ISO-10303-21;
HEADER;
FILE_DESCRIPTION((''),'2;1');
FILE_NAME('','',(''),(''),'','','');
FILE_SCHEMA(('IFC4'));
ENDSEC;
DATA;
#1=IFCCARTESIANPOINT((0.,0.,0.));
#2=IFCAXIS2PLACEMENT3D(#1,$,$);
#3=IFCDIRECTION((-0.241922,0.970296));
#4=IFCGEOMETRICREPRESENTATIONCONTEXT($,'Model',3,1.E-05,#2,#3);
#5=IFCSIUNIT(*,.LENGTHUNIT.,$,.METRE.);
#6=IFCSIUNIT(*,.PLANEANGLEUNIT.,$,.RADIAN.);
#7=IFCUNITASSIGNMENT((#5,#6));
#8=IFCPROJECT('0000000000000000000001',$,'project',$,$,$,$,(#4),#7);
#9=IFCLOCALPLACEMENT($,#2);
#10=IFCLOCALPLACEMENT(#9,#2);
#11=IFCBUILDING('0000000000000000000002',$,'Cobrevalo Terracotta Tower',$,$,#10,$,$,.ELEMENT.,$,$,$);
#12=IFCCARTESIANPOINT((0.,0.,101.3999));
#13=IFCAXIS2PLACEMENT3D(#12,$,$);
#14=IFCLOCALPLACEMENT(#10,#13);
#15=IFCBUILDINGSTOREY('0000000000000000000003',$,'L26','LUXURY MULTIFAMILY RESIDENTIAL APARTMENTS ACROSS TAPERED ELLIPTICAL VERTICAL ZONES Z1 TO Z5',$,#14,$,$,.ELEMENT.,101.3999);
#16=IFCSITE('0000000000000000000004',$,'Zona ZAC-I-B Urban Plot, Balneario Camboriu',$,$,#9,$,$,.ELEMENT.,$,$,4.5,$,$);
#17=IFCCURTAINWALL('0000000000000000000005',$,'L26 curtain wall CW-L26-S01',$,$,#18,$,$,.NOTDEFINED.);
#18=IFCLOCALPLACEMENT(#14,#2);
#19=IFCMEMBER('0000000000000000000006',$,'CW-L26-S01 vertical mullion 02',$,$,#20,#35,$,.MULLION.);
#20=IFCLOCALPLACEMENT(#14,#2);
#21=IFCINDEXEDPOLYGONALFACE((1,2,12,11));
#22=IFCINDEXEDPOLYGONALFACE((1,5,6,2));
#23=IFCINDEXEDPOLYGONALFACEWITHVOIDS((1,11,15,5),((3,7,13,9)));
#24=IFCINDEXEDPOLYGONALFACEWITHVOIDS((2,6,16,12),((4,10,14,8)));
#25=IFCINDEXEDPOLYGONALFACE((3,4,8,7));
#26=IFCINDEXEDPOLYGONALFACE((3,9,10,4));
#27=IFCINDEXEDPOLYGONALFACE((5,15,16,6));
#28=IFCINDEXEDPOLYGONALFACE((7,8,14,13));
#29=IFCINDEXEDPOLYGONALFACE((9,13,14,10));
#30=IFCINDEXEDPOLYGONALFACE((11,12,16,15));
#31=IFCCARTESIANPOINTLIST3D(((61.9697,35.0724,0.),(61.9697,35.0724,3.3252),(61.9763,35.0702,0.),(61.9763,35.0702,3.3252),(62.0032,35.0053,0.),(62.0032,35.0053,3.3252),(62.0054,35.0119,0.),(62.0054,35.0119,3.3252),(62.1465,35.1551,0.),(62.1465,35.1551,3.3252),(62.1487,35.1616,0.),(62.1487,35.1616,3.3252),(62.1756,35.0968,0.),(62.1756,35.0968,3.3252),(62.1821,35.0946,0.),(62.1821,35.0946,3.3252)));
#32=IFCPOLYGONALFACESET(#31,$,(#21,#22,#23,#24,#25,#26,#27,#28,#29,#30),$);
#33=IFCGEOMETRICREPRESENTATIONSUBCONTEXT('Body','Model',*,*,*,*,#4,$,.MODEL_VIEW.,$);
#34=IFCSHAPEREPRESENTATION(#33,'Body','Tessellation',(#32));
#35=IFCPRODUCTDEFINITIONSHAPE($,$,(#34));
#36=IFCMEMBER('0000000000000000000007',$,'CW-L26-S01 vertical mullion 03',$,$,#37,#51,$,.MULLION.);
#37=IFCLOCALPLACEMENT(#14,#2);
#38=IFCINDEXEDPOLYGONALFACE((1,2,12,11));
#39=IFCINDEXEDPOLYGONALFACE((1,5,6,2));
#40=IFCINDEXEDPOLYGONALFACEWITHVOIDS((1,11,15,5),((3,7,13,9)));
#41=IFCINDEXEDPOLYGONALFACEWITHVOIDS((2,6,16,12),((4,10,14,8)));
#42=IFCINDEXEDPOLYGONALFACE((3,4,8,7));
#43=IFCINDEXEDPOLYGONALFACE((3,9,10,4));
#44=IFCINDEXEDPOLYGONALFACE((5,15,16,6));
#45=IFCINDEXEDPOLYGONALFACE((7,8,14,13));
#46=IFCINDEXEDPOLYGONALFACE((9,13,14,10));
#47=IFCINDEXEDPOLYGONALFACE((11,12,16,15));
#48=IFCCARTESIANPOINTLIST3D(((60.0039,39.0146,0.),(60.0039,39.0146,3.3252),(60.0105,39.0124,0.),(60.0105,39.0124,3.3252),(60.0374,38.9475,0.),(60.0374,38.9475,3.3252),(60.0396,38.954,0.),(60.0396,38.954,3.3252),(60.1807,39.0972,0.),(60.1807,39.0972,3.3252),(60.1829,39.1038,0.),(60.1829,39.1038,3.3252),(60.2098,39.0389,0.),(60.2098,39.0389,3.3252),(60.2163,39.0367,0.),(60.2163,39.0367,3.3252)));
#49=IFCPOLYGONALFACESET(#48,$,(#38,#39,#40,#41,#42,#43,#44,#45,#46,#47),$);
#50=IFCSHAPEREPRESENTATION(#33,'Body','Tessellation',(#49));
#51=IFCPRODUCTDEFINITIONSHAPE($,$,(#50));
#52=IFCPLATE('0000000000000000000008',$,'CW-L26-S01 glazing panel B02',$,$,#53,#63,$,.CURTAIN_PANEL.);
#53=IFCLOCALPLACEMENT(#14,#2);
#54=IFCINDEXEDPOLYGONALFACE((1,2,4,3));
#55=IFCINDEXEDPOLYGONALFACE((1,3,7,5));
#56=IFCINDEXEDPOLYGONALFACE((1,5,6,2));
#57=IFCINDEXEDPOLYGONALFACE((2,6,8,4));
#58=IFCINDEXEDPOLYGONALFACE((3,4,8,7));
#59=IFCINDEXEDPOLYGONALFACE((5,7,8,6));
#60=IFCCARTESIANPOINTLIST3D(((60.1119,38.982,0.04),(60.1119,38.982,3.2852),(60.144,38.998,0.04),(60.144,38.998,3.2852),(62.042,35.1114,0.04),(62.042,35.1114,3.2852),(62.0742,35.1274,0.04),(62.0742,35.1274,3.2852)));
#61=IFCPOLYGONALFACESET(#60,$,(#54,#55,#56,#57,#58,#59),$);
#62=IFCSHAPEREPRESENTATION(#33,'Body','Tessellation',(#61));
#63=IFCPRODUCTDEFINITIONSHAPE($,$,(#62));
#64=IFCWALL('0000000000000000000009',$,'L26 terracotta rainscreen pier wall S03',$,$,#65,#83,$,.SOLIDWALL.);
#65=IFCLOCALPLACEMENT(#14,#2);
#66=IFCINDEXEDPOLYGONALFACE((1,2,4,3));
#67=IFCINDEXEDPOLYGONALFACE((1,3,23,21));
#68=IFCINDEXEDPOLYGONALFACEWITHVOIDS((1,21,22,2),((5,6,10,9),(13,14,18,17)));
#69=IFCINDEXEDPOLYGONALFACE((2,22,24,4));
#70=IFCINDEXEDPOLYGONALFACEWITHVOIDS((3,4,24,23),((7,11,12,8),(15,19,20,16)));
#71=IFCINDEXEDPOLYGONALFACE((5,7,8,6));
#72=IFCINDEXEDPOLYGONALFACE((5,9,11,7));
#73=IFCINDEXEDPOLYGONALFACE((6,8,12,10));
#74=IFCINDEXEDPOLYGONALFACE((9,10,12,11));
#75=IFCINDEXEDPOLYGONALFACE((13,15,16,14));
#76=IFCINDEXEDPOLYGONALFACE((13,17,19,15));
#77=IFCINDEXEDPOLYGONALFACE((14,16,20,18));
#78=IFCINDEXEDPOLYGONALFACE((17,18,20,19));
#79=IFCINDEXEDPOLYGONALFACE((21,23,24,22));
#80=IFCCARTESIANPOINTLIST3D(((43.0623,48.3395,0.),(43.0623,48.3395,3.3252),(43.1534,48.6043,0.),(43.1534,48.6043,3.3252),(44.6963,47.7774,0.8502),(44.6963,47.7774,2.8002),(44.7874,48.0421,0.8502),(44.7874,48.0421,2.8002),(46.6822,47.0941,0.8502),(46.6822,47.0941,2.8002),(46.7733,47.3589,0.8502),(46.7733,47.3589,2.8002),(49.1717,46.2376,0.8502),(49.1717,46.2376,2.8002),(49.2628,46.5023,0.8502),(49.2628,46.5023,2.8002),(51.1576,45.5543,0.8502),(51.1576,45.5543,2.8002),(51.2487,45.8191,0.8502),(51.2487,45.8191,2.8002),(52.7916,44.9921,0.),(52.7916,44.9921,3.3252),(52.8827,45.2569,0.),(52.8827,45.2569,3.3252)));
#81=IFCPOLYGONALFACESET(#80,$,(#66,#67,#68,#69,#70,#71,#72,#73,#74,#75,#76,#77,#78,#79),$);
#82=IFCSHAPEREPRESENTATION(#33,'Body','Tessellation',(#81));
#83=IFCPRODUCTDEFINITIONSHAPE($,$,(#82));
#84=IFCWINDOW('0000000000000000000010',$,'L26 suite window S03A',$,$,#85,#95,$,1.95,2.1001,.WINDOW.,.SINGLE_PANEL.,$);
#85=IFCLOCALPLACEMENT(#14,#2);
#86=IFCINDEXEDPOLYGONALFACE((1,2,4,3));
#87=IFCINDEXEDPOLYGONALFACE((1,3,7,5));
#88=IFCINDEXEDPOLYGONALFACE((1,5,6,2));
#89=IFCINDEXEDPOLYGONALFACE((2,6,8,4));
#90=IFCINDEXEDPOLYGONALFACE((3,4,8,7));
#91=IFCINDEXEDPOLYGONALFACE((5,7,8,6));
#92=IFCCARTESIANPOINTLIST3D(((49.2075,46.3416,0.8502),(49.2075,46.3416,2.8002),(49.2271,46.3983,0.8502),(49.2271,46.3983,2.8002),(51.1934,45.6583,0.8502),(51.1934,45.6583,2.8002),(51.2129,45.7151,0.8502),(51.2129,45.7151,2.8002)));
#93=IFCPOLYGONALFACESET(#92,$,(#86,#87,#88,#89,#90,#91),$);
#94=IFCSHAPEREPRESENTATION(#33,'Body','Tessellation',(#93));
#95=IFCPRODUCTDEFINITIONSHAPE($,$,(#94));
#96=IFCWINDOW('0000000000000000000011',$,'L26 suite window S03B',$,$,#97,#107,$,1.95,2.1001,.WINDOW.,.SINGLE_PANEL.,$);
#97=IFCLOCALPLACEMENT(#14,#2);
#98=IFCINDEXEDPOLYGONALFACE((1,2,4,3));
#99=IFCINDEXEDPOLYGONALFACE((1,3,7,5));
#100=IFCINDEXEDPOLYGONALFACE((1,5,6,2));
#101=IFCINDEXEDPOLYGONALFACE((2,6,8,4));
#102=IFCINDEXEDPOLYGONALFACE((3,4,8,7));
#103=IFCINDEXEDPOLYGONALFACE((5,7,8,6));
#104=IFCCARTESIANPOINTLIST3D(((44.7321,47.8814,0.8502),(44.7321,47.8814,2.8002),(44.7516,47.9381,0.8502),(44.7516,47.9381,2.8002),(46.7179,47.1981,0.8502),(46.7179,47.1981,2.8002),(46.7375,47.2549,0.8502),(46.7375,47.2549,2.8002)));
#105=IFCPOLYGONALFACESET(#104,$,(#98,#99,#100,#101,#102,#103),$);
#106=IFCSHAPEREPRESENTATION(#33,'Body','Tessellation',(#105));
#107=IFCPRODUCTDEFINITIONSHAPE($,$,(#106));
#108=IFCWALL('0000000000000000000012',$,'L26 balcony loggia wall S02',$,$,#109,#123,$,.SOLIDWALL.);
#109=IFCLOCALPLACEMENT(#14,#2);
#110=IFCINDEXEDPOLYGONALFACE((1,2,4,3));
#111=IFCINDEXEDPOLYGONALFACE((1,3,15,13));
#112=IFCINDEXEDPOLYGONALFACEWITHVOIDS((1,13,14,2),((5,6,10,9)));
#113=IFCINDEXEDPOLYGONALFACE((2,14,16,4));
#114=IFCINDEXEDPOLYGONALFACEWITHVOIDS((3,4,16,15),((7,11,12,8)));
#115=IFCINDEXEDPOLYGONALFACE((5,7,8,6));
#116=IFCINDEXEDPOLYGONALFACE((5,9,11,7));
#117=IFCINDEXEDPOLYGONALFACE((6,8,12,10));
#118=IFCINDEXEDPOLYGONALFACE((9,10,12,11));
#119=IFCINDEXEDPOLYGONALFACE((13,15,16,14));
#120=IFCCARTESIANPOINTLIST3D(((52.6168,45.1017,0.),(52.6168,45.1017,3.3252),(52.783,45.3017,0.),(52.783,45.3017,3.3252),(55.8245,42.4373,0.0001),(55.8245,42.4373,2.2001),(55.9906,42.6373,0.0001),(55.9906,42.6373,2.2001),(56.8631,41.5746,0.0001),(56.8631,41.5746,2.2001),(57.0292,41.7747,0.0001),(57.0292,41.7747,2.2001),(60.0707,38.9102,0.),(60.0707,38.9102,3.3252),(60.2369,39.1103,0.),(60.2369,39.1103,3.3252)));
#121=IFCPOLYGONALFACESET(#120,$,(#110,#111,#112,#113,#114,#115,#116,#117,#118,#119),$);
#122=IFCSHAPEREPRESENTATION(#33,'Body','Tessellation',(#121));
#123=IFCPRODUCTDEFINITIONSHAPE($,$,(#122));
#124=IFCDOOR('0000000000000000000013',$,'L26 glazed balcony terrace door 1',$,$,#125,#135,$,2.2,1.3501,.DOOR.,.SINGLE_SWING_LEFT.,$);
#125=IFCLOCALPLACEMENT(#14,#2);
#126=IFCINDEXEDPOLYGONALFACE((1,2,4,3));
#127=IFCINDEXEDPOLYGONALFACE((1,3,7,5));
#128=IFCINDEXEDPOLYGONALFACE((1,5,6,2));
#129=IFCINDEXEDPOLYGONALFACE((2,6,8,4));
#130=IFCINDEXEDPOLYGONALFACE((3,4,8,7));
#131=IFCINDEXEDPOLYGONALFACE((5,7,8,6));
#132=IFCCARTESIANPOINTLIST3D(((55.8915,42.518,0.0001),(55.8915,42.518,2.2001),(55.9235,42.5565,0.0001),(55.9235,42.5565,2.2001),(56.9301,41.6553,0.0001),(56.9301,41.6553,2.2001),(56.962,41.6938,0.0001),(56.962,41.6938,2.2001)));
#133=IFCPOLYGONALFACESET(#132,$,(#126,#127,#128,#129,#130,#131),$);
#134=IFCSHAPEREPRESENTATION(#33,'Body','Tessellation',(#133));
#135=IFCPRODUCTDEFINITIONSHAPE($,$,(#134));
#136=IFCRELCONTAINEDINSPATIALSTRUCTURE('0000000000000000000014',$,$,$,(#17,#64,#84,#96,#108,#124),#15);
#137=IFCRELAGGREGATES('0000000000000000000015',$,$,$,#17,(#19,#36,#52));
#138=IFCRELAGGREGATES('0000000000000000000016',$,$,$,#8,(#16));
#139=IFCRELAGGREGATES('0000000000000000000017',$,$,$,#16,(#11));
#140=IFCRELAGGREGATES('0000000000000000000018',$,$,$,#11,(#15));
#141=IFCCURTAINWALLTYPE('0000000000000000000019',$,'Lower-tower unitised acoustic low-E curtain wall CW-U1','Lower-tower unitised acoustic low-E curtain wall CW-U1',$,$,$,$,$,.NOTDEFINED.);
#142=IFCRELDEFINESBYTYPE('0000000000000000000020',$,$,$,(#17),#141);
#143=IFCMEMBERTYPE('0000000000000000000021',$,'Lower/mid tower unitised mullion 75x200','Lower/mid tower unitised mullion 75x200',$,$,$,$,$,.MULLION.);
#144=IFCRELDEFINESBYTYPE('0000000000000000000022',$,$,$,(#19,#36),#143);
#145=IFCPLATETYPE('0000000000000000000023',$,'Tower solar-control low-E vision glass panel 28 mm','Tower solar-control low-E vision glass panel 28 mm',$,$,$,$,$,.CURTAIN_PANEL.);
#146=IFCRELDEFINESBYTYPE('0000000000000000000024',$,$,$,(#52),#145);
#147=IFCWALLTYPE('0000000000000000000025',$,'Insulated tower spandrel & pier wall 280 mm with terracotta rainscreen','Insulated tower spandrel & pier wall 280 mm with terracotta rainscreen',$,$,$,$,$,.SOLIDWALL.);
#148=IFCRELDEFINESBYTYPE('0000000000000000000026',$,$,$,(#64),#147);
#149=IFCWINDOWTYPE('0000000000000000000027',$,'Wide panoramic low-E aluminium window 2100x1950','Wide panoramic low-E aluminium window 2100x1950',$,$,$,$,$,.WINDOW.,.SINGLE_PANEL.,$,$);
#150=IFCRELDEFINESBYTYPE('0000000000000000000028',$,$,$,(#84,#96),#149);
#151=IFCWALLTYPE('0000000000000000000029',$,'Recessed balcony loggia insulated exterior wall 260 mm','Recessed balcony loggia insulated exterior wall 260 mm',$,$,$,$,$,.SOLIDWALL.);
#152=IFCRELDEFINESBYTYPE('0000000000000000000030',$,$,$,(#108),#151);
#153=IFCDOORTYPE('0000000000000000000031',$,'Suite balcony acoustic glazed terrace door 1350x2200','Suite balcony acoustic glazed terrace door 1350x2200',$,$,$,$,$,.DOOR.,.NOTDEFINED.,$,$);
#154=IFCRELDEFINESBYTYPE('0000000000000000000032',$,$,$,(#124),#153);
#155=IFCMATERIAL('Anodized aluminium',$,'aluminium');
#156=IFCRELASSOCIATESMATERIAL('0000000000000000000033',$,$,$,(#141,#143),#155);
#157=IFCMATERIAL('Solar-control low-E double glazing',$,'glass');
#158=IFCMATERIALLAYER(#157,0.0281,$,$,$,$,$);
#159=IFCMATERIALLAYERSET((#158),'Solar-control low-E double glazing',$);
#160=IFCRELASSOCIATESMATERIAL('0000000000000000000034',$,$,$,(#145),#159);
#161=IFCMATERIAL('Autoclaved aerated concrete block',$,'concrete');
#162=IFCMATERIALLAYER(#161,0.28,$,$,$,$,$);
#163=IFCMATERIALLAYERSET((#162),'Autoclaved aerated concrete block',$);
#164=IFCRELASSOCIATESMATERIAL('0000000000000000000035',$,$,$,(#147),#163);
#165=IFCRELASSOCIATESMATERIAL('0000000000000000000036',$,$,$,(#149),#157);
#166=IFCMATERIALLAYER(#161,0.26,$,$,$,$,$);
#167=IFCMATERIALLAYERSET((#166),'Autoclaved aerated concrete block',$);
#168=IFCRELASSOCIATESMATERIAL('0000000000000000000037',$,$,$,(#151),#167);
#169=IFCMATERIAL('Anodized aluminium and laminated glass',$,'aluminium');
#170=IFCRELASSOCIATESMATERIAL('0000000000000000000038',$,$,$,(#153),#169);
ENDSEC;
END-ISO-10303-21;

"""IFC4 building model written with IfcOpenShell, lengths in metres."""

from ifc_helpers import new_model, si_unit, direction, frame, frame_2d, origin, origin_2d, place, context, subcontext, project, spatial, rectangle, hollow_rectangle, extrude, source, transform, mapped, material, layer, layer_set, material_profile, profile_set, type_object, element, fill, aggregate, save


model = new_model("IFC4")

# Units and contexts
model_context = context("Model", 3, precision=1e-05, world=origin(), true_north=direction((-0.241922, 0.970296)))
body_context = subcontext(model_context, "Body", "Model", "MODEL_VIEW")
ifc_project = project(units=[si_unit("LENGTHUNIT", "METRE"), si_unit("PLANEANGLEUNIT", "RADIAN")], contexts=[model_context])

# Site, building, storey
site_placement = place(None, origin())
site = spatial("IfcSite", under=ifc_project, at=site_placement, Name="Zona ZAC-I-B Urban Plot, Balneario Camboriu", CompositionType="ELEMENT", RefElevation=4.5)
building_placement = place(site_placement, origin())
building = spatial("IfcBuilding", under=site, at=building_placement, Name="Cobrevalo Terracotta Tower", CompositionType="ELEMENT")
storey_placement = place(building_placement, frame((0.0, 0.0, 101.3999)))
storey = spatial("IfcBuildingStorey", under=building, at=storey_placement, Name="L26", Description="LUXURY MULTIFAMILY RESIDENTIAL APARTMENTS ACROSS TAPERED ELLIPTICAL VERTICAL ZONES Z1 TO Z5", CompositionType="ELEMENT", Elevation=101.3999)

# Curtain wall, members, plate
ifc_material_1 = material(Name="Anodized aluminium", Category="aluminium")
curtain_wall_type = type_object("IfcCurtainWallType", Name="Lower-tower unitised acoustic low-E curtain wall CW-U1", Description="Lower-tower unitised acoustic low-E curtain wall CW-U1", PredefinedType="NOTDEFINED", material=ifc_material_1)
curtain_wall_placement = place(storey_placement, origin())
curtain_wall = element("IfcCurtainWall", 1, at=curtain_wall_placement, inside=storey, type_object=curtain_wall_type, Name="L26 curtain wall CW-L26-S01", PredefinedType="NOTDEFINED")
ifc_material_profile_1 = material_profile(ifc_material_1, hollow_rectangle(XDim=0.075, YDim=0.2, WallThickness=0.0049, at=origin_2d()), Name="CWM 75x200")
ifc_profile_set_1 = profile_set([ifc_material_profile_1], Name="Anodized aluminium")
member_type_1 = type_object("IfcMemberType", Name="Lower/mid tower unitised mullion 75x200", Description="Lower/mid tower unitised mullion 75x200", PredefinedType="MULLION", material=ifc_profile_set_1)
shared_shape_1 = source(origin(), body_context, "Body", "SweptSolid", [
    extrude(hollow_rectangle(XDim=0.075, YDim=0.2, WallThickness=0.0049, at=origin_2d()), origin(), (0.0, 0.0, 1.0), 3.3252),
])
member_1_placement = place(storey_placement, frame((62.0759, 35.0835, 0.0), z_axis=(0.0, 0.0, 1.0), x_axis=(-0.44626, 0.894903, 0.0)))
member_1 = element("IfcMember", 2, at=member_1_placement, type_object=member_type_1, Name="CW-L26-S01 vertical mullion 02", PredefinedType="MULLION", context=body_context, shape_type="MappedRepresentation", body=[
    mapped(shared_shape_1, transform((0.0, 0.0, 0.0), scale=1.0)),
])
member_2_placement = place(storey_placement, frame((60.1101, 39.0256, 0.0), z_axis=(0.0, 0.0, 1.0), x_axis=(-0.44626, 0.894903, 0.0)))
member_2 = element("IfcMember", 3, at=member_2_placement, type_object=member_type_1, Name="CW-L26-S01 vertical mullion 03", PredefinedType="MULLION", context=body_context, shape_type="MappedRepresentation", body=[
    mapped(shared_shape_1, transform((0.0, 0.0, 0.0), scale=1.0)),
])
ifc_material_2 = material(Name="Solar-control low-E double glazing", Category="glass")
ifc_layer_1 = layer(ifc_material_2, 0.0281)
ifc_layer_set_1 = layer_set([ifc_layer_1], Name="Solar-control low-E double glazing")
plate_type = type_object("IfcPlateType", Name="Tower solar-control low-E vision glass panel 28 mm", Description="Tower solar-control low-E vision glass panel 28 mm", PredefinedType="CURTAIN_PANEL", material=ifc_layer_set_1)
shared_shape_2 = source(origin(), body_context, "Body", "SweptSolid", [
    extrude(rectangle(XDim=4.3252, YDim=0.0359, at=origin_2d()), origin(), (0.0, 0.0, 1.0), 3.2451),
])
plate_placement = place(storey_placement, frame((61.093, 37.0547, 0.04), z_axis=(0.0, 0.0, 1.0), x_axis=(-0.446262, 0.894902, 0.0)))
plate = element("IfcPlate", 4, at=plate_placement, type_object=plate_type, Name="CW-L26-S01 glazing panel B02", PredefinedType="CURTAIN_PANEL", context=body_context, shape_type="MappedRepresentation", body=[
    mapped(shared_shape_2, transform((0.0, 0.0, 0.0), scale=1.0)),
])
aggregate(curtain_wall, [member_1, member_2, plate])

# Wall, openings, windows
ifc_material_3 = material(Name="Autoclaved aerated concrete block", Category="concrete")
ifc_layer_2 = layer(ifc_material_3, 0.28)
ifc_layer_set_2 = layer_set([ifc_layer_2], Name="Autoclaved aerated concrete block")
wall_type_1 = type_object("IfcWallType", Name="Insulated tower spandrel & pier wall 280 mm with terracotta rainscreen", Description="Insulated tower spandrel & pier wall 280 mm with terracotta rainscreen", PredefinedType="SOLIDWALL", material=ifc_layer_set_2)
wall_1_placement = place(storey_placement, frame((52.8372, 45.1245, 0.0), z_axis=(0.0, 0.0, 1.0), x_axis=(-0.945597, 0.325339, 0.0)))
wall_1 = element("IfcWall", 5, at=wall_1_placement, inside=storey, type_object=wall_type_1, Name="L26 terracotta rainscreen pier wall S03", PredefinedType="SOLIDWALL", context=body_context, shape_type="SweptSolid", body=[
    extrude(rectangle(XDim=10.2891, YDim=0.28, at=frame_2d((5.1445, 0.0))), origin(), (0.0, 0.0, 1.0), 3.3252),
])
opening_1_placement = place(wall_1_placement, frame((1.728, 0.0, 0.8501)))
opening_1 = element("IfcOpeningElement", 6, at=opening_1_placement, cuts=wall_1, PredefinedType="OPENING", context=body_context, shape_type="SweptSolid", body=[
    extrude(rectangle(XDim=2.1001, YDim=1.95, at=frame_2d((1.05, 0.9751))), frame((0.0, 0.1499, 0.0), z_axis=(0.0, -1.0, 0.0), x_axis=(1.0, 0.0, 0.0)), (0.0, 0.0, 1.0), 0.3),
])
opening_2_placement = place(wall_1_placement, frame((6.4609, 0.0, 0.8501)))
opening_2 = element("IfcOpeningElement", 7, at=opening_2_placement, cuts=wall_1, PredefinedType="OPENING", context=body_context, shape_type="SweptSolid", body=[
    extrude(rectangle(XDim=2.1001, YDim=1.95, at=frame_2d((1.05, 0.9751))), frame((0.0, 0.1499, 0.0), z_axis=(0.0, -1.0, 0.0), x_axis=(1.0, 0.0, 0.0)), (0.0, 0.0, 1.0), 0.3),
])
window_type = type_object("IfcWindowType", Name="Wide panoramic low-E aluminium window 2100x1950", Description="Wide panoramic low-E aluminium window 2100x1950", PartitioningType="SINGLE_PANEL", PredefinedType="WINDOW", material=ifc_material_2)
shared_shape_3 = source(origin(), body_context, "Body", "SweptSolid", [
    extrude(rectangle(XDim=2.1001, YDim=1.95, at=frame_2d((1.05, 0.9751))), frame((0.0, 0.03, 0.0), z_axis=(0.0, -1.0, 0.0), x_axis=(1.0, 0.0, 0.0)), (0.0, 0.0, 1.0), 0.0601),
])
window_1_placement = place(opening_1_placement, origin())
window_1 = element("IfcWindow", 8, at=window_1_placement, inside=storey, type_object=window_type, Name="L26 suite window S03A", OverallHeight=1.95, OverallWidth=2.1001, PartitioningType="SINGLE_PANEL", PredefinedType="WINDOW", context=body_context, shape_type="MappedRepresentation", body=[
    mapped(shared_shape_3, transform((0.0, 0.0, 0.0), scale=1.0)),
])
fill(opening_1, window_1)
window_2_placement = place(opening_2_placement, origin())
window_2 = element("IfcWindow", 9, at=window_2_placement, inside=storey, type_object=window_type, Name="L26 suite window S03B", OverallHeight=1.95, OverallWidth=2.1001, PartitioningType="SINGLE_PANEL", PredefinedType="WINDOW", context=body_context, shape_type="MappedRepresentation", body=[
    mapped(shared_shape_3, transform((0.0, 0.0, 0.0), scale=1.0)),
])
fill(opening_2, window_2)

# Wall, opening, door
ifc_layer_3 = layer(ifc_material_3, 0.26)
ifc_layer_set_3 = layer_set([ifc_layer_3], Name="Autoclaved aerated concrete block")
wall_type_2 = type_object("IfcWallType", Name="Recessed balcony loggia insulated exterior wall 260 mm", Description="Recessed balcony loggia insulated exterior wall 260 mm", PredefinedType="SOLIDWALL", material=ifc_layer_set_3)
wall_2_placement = place(storey_placement, frame((60.1538, 39.0103, 0.0), z_axis=(0.0, 0.0, 1.0), x_axis=(-0.769243, 0.638957, 0.0)))
wall_2 = element("IfcWall", 10, at=wall_2_placement, inside=storey, type_object=wall_type_2, Name="L26 balcony loggia wall S02", PredefinedType="SOLIDWALL", context=body_context, shape_type="SweptSolid", body=[
    extrude(rectangle(XDim=9.6899, YDim=0.26, at=frame_2d((4.845, 0.0))), origin(), (0.0, 0.0, 1.0), 3.3252),
])
opening_3_placement = place(wall_2_placement, frame((4.1699, 0.0, 0.0)))
opening_3 = element("IfcOpeningElement", 11, at=opening_3_placement, cuts=wall_2, PredefinedType="OPENING", context=body_context, shape_type="SweptSolid", body=[
    extrude(rectangle(XDim=1.3501, YDim=2.2, at=frame_2d((0.675, 1.1001))), frame((0.0, 0.1401, 0.0), z_axis=(0.0, -1.0, 0.0), x_axis=(1.0, 0.0, 0.0)), (0.0, 0.0, 1.0), 0.28),
])
ifc_material_4 = material(Name="Anodized aluminium and laminated glass", Category="aluminium")
door_type_1 = type_object("IfcDoorType", Name="Suite balcony acoustic glazed terrace door 1350x2200", Description="Suite balcony acoustic glazed terrace door 1350x2200", OperationType="NOTDEFINED", PredefinedType="DOOR", material=ifc_material_4)
shared_shape_4 = source(origin(), body_context, "Body", "SweptSolid", [
    extrude(rectangle(XDim=1.3501, YDim=2.2, at=frame_2d((0.675, 1.1001))), frame((0.0, 0.0249, 0.0), z_axis=(0.0, -1.0, 0.0), x_axis=(1.0, 0.0, 0.0)), (0.0, 0.0, 1.0), 0.05),
])
door_1_placement = place(opening_3_placement, frame((1.3501, 0.0, 0.0), z_axis=(0.0, 0.0, 1.0), x_axis=(-1.0, 0.0, 0.0)))
door_1 = element("IfcDoor", 12, at=door_1_placement, inside=storey, type_object=door_type_1, Name="L26 glazed balcony terrace door 1", OperationType="SINGLE_SWING_LEFT", OverallHeight=2.2, OverallWidth=1.3501, PredefinedType="DOOR", context=body_context, shape_type="MappedRepresentation", body=[
    mapped(shared_shape_4, transform((0.0, 0.0, 0.0), scale=1.0)),
])
fill(opening_3, door_1)

save(model, "model.ifc")
